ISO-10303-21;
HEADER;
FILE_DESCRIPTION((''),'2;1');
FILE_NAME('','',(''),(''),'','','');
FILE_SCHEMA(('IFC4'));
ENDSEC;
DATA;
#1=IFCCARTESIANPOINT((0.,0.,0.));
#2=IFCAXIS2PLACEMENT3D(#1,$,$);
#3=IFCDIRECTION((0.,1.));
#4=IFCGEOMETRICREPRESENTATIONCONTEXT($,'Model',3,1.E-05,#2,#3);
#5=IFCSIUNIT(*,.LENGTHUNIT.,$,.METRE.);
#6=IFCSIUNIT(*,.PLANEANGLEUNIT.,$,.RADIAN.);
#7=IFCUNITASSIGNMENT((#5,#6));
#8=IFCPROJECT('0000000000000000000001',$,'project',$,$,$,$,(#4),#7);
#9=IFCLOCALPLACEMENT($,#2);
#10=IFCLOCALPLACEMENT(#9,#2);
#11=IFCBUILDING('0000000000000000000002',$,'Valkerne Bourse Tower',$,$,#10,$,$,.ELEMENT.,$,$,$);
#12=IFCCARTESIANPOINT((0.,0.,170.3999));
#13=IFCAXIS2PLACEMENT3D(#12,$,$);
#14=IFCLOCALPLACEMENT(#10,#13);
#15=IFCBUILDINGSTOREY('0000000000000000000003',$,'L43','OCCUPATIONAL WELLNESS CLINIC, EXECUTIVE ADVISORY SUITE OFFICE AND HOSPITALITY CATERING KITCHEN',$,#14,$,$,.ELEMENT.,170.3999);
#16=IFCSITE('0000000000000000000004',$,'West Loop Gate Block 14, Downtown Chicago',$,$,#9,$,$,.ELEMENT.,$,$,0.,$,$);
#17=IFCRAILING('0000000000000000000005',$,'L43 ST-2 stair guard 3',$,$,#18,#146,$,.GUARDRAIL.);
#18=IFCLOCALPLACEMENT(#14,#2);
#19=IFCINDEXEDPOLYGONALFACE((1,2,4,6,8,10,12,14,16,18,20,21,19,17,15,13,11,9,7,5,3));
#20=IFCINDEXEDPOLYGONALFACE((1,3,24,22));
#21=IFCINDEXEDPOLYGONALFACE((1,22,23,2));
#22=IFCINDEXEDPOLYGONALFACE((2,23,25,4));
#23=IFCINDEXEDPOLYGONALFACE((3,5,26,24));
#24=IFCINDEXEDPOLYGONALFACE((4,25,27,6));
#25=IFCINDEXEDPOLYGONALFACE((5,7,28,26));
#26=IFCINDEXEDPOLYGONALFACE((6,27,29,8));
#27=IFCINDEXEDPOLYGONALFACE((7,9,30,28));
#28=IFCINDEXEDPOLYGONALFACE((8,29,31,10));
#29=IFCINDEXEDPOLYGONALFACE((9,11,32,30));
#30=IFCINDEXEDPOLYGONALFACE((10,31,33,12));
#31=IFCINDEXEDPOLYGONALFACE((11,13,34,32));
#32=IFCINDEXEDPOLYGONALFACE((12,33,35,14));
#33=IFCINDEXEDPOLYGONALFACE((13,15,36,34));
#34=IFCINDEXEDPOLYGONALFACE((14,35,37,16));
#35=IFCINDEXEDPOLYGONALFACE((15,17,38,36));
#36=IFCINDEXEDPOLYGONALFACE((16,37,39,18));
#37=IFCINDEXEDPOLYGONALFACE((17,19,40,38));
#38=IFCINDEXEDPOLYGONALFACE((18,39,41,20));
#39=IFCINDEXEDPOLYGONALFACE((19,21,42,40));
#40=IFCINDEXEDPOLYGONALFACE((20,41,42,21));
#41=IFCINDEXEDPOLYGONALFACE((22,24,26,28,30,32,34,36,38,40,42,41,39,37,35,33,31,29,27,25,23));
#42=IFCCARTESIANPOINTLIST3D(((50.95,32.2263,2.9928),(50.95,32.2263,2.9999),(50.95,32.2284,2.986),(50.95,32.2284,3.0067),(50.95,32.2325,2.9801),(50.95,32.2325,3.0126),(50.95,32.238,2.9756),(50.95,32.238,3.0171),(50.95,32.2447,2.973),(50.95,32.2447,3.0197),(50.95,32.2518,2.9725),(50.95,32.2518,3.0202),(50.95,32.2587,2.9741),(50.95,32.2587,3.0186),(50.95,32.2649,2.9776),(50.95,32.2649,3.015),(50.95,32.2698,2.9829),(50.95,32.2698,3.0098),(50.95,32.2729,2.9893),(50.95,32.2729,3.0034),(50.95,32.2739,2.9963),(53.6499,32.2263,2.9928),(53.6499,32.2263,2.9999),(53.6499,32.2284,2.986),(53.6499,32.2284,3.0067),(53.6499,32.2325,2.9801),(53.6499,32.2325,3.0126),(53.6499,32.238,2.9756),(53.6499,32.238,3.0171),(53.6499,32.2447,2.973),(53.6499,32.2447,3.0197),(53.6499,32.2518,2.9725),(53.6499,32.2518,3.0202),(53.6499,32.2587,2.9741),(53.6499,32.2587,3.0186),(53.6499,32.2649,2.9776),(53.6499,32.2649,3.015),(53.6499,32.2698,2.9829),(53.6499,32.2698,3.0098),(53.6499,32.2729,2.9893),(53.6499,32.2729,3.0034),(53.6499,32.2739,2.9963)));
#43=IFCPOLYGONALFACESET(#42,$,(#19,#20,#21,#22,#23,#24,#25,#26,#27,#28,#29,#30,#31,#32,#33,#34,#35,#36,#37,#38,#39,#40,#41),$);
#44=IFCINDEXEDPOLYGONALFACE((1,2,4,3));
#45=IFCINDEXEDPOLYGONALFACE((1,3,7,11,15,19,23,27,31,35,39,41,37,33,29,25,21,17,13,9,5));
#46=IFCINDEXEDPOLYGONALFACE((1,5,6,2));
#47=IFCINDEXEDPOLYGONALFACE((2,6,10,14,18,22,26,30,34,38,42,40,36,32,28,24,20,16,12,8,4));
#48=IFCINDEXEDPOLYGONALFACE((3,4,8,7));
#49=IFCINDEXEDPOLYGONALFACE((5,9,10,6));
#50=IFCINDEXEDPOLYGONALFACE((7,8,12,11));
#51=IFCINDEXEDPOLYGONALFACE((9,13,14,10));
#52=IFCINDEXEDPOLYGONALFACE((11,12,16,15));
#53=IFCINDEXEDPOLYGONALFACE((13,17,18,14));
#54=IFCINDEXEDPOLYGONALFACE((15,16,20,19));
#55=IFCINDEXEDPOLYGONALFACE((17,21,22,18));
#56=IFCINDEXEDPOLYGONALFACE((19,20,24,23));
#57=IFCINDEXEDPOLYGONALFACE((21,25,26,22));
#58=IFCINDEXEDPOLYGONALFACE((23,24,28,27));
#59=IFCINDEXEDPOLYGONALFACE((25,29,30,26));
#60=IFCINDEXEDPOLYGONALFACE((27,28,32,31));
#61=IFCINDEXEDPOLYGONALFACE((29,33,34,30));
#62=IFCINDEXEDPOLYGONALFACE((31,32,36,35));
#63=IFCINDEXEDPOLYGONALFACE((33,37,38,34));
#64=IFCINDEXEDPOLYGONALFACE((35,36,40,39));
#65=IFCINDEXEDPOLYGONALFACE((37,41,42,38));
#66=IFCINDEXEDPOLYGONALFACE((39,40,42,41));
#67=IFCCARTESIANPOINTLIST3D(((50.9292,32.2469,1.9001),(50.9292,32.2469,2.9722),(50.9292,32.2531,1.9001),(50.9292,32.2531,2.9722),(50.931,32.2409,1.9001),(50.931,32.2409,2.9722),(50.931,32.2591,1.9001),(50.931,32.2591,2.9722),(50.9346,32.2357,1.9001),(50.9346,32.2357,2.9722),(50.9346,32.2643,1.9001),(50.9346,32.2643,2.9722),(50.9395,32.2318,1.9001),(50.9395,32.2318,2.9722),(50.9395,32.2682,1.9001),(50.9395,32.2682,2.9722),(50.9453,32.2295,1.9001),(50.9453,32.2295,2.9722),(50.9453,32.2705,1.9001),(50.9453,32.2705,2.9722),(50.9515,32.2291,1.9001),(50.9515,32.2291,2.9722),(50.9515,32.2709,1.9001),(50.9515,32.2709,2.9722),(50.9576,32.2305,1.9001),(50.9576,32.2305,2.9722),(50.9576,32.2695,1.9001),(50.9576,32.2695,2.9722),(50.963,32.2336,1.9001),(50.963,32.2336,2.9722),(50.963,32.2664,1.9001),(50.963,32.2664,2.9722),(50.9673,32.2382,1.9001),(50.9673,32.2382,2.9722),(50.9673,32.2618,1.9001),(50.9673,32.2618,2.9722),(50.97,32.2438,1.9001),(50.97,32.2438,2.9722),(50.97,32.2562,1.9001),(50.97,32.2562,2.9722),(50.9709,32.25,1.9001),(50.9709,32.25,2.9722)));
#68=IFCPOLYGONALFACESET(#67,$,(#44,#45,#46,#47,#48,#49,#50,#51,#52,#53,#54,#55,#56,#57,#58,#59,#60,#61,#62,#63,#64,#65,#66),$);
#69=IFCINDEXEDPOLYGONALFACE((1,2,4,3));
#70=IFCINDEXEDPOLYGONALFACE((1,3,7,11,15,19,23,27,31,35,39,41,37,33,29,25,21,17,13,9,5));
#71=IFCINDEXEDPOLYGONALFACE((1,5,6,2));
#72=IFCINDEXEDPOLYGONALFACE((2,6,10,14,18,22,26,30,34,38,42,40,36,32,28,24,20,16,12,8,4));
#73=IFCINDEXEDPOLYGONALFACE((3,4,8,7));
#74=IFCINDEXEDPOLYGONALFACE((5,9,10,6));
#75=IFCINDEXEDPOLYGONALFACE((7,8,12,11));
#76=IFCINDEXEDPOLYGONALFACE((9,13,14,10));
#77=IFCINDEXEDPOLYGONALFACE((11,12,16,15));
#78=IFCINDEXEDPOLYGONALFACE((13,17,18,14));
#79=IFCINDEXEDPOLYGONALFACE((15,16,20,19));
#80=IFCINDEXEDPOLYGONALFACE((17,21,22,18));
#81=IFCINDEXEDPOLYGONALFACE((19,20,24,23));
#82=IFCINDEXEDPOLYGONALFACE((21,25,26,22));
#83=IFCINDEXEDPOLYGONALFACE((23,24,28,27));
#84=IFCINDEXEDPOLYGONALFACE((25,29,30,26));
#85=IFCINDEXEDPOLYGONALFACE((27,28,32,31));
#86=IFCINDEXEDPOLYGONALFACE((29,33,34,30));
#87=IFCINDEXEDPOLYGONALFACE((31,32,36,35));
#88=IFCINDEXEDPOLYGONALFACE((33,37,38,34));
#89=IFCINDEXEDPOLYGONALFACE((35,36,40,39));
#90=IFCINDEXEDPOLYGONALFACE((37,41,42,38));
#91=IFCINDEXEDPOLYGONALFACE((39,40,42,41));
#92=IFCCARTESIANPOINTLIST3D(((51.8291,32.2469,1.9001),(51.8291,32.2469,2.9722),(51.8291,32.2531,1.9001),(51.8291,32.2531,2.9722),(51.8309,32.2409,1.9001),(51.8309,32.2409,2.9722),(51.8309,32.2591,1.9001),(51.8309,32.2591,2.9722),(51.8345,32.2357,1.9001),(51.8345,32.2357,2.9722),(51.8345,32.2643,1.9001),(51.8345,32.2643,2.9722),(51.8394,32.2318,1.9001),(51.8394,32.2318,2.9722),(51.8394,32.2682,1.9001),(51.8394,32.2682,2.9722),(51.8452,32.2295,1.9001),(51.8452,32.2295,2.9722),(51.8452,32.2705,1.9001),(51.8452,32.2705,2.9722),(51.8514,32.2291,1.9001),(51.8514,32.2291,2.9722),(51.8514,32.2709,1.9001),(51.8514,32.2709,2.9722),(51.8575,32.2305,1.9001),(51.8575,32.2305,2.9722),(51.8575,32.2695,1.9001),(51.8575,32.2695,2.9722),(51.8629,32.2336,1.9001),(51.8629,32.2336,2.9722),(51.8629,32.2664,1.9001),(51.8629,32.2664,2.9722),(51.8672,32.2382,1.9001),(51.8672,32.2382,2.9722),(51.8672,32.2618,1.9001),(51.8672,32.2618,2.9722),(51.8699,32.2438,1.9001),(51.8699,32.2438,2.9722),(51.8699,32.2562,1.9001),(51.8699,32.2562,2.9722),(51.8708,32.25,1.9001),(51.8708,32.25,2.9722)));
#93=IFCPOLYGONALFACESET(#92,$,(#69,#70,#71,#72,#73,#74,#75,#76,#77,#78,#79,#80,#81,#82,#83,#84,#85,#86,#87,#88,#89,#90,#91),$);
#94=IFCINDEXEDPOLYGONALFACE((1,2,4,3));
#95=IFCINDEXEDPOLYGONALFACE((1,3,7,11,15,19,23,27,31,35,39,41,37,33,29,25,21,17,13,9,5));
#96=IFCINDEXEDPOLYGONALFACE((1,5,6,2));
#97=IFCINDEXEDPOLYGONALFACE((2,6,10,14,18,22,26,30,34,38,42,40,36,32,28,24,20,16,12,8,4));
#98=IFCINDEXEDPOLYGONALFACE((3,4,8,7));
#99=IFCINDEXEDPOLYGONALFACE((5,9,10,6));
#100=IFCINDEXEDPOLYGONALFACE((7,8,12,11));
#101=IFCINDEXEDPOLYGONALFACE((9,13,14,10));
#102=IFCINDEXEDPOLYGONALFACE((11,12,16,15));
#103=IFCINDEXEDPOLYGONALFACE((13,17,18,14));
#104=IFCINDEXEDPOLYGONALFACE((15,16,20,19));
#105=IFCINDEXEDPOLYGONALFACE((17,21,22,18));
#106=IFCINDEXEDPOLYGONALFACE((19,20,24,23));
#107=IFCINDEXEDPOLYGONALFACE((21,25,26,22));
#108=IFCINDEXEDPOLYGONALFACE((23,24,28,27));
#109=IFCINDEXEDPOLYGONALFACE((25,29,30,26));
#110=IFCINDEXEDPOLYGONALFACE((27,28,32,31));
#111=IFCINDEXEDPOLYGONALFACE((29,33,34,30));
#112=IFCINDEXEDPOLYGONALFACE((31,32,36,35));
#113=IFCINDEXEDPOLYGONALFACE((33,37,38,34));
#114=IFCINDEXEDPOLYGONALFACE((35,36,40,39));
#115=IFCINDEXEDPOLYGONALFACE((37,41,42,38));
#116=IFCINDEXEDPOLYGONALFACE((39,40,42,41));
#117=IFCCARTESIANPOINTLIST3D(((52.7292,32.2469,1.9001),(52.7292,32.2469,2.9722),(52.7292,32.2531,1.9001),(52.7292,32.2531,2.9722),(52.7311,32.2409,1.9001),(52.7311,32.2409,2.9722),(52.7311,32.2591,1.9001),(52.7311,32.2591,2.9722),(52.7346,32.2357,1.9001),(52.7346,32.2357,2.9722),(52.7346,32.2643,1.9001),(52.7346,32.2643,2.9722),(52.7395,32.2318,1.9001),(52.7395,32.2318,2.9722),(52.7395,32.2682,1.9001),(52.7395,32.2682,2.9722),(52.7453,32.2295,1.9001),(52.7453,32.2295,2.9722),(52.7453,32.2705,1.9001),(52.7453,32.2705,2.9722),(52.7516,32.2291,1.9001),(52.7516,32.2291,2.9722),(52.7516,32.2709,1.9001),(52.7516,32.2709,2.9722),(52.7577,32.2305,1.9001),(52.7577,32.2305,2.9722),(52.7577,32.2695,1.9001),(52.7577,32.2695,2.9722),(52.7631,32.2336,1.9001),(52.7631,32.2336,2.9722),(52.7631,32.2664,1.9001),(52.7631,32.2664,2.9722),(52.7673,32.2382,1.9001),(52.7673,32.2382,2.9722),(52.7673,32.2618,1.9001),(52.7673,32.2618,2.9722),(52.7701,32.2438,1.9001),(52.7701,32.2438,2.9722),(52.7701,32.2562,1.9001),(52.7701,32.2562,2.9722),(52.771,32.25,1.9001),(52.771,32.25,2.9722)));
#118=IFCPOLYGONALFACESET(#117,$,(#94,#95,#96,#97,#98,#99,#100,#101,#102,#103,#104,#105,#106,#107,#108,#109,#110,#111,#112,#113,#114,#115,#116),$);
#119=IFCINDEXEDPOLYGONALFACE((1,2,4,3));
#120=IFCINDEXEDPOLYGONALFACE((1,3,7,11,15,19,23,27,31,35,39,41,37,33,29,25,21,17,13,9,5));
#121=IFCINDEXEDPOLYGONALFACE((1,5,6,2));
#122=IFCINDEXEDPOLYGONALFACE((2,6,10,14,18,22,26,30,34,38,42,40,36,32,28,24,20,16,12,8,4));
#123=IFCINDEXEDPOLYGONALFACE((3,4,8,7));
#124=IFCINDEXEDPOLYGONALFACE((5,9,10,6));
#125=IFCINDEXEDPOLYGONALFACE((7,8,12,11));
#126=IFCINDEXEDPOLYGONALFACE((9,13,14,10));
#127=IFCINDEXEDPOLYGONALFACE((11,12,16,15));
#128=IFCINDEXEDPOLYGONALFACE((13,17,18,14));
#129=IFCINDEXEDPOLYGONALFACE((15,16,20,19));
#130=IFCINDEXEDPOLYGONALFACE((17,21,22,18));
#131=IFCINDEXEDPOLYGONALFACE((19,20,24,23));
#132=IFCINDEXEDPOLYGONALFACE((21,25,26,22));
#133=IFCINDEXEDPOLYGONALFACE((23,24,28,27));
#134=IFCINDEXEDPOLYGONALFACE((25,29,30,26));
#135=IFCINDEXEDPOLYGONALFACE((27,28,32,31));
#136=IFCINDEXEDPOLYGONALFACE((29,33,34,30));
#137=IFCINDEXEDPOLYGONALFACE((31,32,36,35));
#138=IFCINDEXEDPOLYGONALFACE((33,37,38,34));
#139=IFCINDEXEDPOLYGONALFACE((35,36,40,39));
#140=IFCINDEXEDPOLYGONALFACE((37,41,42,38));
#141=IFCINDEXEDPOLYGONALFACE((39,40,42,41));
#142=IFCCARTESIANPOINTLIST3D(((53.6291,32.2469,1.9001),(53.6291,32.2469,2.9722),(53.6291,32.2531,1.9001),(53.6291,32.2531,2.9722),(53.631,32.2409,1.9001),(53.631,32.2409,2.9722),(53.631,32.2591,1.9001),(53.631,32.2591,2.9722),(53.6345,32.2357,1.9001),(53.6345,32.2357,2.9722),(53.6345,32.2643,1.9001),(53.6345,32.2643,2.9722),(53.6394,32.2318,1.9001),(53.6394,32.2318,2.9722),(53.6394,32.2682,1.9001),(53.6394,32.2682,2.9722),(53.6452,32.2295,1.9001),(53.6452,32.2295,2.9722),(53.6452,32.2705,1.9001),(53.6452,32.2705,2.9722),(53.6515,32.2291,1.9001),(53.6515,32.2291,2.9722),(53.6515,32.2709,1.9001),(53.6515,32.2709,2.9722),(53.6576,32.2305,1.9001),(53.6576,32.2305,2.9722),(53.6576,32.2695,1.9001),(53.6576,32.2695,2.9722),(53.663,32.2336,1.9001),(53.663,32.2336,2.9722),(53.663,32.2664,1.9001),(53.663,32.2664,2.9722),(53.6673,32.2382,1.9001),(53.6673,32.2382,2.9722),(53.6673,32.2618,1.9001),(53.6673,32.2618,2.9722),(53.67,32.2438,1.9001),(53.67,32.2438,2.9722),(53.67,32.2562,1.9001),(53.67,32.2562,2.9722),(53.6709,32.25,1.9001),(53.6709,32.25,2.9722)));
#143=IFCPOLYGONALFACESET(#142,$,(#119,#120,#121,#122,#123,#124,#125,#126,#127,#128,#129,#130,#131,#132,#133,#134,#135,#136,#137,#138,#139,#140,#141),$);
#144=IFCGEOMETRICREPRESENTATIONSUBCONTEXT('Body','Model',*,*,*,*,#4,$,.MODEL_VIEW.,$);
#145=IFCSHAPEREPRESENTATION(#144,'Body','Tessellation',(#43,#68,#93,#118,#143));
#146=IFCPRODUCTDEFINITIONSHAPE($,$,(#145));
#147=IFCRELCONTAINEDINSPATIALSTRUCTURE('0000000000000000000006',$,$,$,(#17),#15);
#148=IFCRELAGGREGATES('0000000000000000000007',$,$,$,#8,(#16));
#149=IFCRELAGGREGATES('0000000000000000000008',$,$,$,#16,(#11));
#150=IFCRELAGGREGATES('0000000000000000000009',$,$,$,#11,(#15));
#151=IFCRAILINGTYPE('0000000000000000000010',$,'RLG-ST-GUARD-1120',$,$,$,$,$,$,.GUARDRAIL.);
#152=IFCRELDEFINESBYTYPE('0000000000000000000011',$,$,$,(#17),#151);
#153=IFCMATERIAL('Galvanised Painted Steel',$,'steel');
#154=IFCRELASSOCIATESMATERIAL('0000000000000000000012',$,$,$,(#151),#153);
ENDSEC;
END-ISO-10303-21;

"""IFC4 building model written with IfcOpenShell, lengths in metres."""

from ifc_helpers import new_model, si_unit, direction, frame, origin, origin_2d, place, context, subcontext, project, spatial, circle, extrude, material, type_object, element, save


model = new_model("IFC4")

# Units and contexts
model_context = context("Model", 3, precision=1e-05, world=origin(), true_north=direction((0.0, 1.0)))
body_context = subcontext(model_context, "Body", "Model", "MODEL_VIEW")
ifc_project = project(units=[si_unit("LENGTHUNIT", "METRE"), si_unit("PLANEANGLEUNIT", "RADIAN")], contexts=[model_context])

# Site, building, storey
site_placement = place(None, origin())
site = spatial("IfcSite", under=ifc_project, at=site_placement, Name="West Loop Gate Block 14, Downtown Chicago", CompositionType="ELEMENT", RefElevation=0.0)
building_placement = place(site_placement, origin())
building = spatial("IfcBuilding", under=site, at=building_placement, Name="Valkerne Bourse Tower", CompositionType="ELEMENT")
storey_placement = place(building_placement, frame((0.0, 0.0, 170.3999)))
storey = spatial("IfcBuildingStorey", under=building, at=storey_placement, Name="L43", Description="OCCUPATIONAL WELLNESS CLINIC, EXECUTIVE ADVISORY SUITE OFFICE AND HOSPITALITY CATERING KITCHEN", CompositionType="ELEMENT", Elevation=170.3999)

# Shared definitions
ifc_material_1 = material(Name="Galvanised Painted Steel", Category="steel")

# Railing
railing_type_1 = type_object("IfcRailingType", Name="RLG-ST-GUARD-1120", PredefinedType="GUARDRAIL", material=ifc_material_1)
for number, where, name in (
    (1, (50.95, 32.25, 1.9001), "L43 ST-2 stair guard 3"),
):
    element("IfcRailing", number, at=place(storey_placement, frame(where)), inside=storey, type_object=railing_type_1, Name=name, PredefinedType="GUARDRAIL", context=body_context, shape_type="SweptSolid", body=[
        extrude(circle(Radius=0.0239, at=origin_2d()), frame((0.0, 0.0, 1.0962), z_axis=(1.0, 0.0, 0.0), x_axis=(0.0, 1.0, 0.0)), (0.0, 0.0, 1.0), 2.7),
        extrude(circle(Radius=0.021, at=origin_2d()), origin(), (0.0, 0.0, 1.0), 1.072),
        extrude(circle(Radius=0.021, at=origin_2d()), frame((0.8999, 0.0, 0.0)), (0.0, 0.0, 1.0), 1.072),
        extrude(circle(Radius=0.021, at=origin_2d()), frame((1.8, 0.0, 0.0)), (0.0, 0.0, 1.0), 1.072),
        extrude(circle(Radius=0.021, at=origin_2d()), frame((2.7, 0.0, 0.0)), (0.0, 0.0, 1.0), 1.072),
    ])

save(model, "model.ifc")
